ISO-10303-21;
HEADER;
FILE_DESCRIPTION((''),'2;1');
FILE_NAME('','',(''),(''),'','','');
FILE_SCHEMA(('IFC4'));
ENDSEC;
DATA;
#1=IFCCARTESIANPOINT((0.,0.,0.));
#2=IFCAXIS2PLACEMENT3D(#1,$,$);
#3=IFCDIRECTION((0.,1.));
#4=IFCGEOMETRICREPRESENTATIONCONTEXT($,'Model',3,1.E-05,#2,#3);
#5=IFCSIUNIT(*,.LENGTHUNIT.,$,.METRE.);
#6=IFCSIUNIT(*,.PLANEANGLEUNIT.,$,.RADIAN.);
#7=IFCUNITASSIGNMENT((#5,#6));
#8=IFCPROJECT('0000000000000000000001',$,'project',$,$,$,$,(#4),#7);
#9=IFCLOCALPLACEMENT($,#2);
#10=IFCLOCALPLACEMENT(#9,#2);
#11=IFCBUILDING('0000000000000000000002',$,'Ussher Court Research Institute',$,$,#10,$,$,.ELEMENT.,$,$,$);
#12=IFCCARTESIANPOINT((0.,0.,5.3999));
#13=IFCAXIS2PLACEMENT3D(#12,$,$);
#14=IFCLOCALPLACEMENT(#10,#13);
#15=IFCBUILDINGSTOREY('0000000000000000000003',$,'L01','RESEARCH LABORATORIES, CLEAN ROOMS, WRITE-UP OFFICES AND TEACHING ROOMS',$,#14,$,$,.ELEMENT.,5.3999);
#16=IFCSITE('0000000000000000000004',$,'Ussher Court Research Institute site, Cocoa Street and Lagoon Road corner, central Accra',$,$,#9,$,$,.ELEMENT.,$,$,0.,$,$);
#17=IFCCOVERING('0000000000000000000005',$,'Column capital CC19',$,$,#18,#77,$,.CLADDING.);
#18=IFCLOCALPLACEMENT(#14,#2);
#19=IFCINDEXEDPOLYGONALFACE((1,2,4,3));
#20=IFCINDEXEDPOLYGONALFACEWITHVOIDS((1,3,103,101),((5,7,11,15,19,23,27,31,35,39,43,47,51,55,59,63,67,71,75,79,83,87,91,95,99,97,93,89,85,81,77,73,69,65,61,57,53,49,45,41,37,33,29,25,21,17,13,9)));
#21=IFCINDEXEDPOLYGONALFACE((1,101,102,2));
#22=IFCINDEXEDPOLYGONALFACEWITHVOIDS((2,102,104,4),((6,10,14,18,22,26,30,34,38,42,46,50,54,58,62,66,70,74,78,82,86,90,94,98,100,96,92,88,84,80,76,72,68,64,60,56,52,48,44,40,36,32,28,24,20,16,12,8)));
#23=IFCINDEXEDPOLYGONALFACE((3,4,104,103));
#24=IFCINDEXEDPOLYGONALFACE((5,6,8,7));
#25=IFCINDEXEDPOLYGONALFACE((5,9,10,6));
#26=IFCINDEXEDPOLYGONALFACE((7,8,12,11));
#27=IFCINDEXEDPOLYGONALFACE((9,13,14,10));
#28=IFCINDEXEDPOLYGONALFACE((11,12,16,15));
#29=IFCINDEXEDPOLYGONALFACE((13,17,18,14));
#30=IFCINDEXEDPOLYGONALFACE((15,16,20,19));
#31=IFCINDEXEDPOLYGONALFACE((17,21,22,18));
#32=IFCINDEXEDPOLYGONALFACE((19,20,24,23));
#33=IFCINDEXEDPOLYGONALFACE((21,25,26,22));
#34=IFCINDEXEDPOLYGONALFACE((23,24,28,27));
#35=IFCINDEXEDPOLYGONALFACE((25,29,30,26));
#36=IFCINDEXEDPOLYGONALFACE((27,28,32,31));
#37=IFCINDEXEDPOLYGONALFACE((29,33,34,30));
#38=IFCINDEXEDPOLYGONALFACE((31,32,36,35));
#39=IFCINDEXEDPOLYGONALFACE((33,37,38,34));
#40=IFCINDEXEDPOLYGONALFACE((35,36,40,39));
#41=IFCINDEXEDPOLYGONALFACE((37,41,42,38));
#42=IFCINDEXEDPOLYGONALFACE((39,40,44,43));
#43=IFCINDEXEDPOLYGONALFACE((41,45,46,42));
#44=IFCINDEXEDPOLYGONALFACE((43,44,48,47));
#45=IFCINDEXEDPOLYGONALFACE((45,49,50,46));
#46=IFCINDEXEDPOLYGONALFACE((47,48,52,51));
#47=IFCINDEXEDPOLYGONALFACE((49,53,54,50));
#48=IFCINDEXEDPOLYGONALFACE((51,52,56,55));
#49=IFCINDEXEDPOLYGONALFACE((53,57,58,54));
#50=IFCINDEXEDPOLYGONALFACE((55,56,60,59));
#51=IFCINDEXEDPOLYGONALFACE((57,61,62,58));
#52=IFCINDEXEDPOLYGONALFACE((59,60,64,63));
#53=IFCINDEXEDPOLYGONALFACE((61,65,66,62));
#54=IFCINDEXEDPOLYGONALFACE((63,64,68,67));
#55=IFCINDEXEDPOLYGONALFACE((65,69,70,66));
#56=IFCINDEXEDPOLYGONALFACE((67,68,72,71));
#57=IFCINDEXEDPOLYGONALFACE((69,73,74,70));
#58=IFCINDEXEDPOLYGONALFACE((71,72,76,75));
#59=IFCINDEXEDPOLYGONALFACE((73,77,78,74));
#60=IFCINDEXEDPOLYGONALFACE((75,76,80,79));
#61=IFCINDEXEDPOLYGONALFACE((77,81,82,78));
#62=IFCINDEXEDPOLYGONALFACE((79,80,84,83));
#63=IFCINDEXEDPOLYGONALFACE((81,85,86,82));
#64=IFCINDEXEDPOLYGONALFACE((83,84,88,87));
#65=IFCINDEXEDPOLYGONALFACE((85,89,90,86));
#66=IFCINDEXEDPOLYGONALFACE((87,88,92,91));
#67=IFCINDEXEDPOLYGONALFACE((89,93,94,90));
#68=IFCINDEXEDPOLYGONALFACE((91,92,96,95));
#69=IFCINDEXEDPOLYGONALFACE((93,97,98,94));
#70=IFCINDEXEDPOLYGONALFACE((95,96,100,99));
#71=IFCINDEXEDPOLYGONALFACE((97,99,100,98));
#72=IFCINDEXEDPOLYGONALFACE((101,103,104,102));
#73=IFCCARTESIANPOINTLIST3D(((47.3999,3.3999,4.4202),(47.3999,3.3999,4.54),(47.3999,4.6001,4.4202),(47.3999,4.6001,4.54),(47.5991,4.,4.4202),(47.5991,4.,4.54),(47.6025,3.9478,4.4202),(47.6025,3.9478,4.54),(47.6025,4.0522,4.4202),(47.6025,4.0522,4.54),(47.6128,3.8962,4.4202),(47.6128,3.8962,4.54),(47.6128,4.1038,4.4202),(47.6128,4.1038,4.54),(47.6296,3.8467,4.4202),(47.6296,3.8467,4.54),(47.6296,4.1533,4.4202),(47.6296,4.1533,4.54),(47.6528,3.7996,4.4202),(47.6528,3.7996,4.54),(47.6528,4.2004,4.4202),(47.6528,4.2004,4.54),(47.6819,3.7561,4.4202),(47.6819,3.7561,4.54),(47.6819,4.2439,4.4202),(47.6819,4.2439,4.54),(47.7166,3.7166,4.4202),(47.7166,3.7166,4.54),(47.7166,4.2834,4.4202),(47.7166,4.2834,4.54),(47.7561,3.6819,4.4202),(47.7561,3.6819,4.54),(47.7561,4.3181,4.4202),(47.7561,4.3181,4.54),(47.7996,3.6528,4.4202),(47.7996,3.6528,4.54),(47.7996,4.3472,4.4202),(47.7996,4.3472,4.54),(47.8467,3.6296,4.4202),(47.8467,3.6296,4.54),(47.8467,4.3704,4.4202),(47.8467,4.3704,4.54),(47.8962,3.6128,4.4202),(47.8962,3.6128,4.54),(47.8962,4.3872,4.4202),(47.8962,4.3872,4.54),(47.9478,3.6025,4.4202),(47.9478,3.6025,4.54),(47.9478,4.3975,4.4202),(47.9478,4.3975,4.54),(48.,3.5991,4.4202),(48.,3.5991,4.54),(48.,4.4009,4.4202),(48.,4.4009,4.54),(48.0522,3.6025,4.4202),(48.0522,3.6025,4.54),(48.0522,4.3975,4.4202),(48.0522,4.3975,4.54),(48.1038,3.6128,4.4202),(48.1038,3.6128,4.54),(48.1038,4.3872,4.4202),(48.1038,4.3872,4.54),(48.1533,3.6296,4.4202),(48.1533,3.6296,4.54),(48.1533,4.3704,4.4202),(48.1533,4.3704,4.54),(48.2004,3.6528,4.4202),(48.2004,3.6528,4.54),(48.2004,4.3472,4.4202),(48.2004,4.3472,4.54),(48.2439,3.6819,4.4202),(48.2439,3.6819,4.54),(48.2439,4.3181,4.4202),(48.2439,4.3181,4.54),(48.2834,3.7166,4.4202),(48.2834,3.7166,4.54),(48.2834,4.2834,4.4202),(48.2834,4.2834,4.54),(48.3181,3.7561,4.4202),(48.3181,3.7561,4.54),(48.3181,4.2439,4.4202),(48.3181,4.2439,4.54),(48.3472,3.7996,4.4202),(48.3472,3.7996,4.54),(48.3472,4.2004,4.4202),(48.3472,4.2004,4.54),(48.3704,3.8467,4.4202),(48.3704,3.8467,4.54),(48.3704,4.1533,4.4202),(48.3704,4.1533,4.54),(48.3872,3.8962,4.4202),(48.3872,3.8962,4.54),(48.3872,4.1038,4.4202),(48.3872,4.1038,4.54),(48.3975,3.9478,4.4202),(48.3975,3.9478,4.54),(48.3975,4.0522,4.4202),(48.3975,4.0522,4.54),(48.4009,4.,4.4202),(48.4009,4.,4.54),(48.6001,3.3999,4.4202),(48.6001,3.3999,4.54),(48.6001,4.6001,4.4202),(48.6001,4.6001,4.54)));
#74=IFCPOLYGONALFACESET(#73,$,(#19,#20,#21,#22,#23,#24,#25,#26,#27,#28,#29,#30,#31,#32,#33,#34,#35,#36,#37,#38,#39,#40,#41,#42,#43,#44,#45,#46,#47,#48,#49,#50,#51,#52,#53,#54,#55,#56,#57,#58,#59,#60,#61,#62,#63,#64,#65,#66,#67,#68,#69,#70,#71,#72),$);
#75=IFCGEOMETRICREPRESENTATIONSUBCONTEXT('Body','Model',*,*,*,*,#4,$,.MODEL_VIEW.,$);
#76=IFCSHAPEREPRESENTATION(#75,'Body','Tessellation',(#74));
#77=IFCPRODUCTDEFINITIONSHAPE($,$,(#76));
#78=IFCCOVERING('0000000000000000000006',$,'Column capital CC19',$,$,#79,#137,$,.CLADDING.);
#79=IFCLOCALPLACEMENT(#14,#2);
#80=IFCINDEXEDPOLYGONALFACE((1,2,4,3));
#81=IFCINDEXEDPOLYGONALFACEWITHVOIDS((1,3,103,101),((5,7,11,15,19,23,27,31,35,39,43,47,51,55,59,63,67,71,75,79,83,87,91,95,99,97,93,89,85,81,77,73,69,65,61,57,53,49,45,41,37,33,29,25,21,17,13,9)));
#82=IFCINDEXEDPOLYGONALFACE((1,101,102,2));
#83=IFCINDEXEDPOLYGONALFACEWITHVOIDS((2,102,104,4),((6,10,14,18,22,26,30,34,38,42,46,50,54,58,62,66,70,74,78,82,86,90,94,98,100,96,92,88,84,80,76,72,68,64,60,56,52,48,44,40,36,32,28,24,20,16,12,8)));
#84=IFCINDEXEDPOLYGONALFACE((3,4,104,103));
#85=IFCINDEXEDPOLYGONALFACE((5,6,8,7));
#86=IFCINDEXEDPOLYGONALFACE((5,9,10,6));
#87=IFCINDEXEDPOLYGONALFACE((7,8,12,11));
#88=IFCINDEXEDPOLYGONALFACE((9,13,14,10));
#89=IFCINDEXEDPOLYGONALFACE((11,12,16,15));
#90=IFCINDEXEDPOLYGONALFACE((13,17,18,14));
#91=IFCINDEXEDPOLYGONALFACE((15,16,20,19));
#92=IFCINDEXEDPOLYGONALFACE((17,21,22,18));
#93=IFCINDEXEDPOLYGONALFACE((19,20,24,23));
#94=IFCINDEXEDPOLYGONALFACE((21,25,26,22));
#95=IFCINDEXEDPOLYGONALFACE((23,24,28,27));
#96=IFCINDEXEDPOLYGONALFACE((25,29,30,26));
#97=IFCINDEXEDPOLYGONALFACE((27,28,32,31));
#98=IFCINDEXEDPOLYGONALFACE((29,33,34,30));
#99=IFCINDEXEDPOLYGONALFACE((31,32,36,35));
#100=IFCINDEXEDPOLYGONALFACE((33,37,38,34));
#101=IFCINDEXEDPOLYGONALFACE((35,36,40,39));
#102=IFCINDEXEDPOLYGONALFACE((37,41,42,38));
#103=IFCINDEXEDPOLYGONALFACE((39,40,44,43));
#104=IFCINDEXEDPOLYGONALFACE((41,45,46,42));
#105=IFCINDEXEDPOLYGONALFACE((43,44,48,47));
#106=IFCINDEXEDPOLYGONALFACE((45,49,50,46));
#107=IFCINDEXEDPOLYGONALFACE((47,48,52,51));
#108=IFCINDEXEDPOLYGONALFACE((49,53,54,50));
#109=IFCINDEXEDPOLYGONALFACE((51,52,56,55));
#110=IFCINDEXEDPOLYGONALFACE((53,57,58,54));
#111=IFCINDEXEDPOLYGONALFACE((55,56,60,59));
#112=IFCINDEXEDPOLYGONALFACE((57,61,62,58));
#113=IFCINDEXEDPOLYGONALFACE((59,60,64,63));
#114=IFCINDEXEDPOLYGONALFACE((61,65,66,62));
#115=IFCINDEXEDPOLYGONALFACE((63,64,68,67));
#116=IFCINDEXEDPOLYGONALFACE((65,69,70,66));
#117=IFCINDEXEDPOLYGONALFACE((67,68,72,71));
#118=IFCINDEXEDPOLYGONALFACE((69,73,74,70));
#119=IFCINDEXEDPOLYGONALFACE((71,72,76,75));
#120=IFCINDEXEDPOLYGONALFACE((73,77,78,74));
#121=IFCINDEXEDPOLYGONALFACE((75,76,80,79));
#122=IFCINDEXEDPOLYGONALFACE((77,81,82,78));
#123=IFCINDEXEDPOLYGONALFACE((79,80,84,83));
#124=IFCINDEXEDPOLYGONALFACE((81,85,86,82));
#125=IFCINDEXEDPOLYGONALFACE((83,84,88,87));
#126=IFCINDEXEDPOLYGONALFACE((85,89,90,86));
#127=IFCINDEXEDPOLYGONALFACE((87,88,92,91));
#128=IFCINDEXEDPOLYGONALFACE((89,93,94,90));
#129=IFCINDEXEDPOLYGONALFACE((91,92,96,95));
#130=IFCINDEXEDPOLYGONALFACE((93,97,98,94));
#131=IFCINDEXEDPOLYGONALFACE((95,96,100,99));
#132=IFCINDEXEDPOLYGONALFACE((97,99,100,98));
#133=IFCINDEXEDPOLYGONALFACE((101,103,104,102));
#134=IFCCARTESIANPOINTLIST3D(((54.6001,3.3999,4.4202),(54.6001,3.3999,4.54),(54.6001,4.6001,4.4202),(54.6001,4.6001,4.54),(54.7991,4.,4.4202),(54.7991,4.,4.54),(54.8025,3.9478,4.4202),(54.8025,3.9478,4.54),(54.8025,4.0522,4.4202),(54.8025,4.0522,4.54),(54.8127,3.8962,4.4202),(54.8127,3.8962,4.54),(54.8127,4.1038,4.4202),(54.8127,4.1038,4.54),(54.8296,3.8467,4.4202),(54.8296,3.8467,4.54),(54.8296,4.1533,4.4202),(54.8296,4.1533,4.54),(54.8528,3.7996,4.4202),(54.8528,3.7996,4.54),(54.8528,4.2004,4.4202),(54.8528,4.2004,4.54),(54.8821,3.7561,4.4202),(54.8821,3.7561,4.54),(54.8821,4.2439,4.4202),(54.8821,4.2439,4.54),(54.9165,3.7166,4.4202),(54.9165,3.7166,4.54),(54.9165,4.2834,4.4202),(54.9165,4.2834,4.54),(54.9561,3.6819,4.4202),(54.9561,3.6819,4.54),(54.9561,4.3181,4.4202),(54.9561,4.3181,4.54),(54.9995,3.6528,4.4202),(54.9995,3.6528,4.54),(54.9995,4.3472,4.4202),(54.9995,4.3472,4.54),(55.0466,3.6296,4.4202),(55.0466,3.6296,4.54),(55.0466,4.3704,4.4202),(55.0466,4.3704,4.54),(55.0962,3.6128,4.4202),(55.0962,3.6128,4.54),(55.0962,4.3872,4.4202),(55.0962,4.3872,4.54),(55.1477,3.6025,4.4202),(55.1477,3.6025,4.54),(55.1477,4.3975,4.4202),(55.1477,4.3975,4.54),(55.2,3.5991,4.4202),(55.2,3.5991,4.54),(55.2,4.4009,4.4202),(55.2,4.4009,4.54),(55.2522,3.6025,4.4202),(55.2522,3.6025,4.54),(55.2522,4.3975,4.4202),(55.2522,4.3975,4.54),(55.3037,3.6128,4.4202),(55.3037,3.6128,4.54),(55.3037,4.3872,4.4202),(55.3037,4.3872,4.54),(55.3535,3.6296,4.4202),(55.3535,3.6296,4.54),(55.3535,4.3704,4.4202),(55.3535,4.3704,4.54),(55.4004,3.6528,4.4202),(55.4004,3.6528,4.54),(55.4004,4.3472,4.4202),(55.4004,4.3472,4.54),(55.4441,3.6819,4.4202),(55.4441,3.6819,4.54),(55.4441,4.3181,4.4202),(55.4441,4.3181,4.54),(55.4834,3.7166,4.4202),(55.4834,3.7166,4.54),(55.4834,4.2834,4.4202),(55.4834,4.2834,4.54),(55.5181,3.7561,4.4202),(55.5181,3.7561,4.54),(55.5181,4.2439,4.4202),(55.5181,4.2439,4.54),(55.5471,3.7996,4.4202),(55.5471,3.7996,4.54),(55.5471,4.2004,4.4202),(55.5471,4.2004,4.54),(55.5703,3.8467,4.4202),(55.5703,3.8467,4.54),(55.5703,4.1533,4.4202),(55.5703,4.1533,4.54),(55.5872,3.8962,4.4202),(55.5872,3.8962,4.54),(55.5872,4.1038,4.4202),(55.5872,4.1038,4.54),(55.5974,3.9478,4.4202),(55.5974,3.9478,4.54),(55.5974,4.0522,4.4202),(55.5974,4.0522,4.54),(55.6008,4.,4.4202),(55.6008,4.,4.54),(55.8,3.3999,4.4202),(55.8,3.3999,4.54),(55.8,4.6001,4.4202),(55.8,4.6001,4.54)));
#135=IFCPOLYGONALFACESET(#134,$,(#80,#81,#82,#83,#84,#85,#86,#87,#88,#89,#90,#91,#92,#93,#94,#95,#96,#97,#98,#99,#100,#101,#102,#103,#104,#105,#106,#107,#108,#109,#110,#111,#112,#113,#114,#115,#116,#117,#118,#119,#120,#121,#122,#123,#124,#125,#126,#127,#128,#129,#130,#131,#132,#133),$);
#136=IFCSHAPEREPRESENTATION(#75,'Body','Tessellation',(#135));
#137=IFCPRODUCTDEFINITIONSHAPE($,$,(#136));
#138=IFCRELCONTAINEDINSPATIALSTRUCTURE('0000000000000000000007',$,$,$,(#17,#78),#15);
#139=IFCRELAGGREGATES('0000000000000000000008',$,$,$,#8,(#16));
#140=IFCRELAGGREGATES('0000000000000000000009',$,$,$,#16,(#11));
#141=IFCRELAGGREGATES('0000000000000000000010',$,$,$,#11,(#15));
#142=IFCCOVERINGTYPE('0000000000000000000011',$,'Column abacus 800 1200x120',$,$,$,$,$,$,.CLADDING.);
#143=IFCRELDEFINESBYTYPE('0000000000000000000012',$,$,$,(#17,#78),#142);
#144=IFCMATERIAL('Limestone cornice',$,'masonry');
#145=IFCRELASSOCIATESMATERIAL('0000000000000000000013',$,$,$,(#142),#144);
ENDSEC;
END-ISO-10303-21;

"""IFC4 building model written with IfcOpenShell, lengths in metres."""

from ifc_helpers import new_model, si_unit, direction, frame, origin, place, context, subcontext, project, spatial, polyline, outline, extrude, material, type_object, element, save


model = new_model("IFC4")

# Units and contexts
model_context = context("Model", 3, precision=1e-05, world=origin(), true_north=direction((0.0, 1.0)))
body_context = subcontext(model_context, "Body", "Model", "MODEL_VIEW")
ifc_project = project(units=[si_unit("LENGTHUNIT", "METRE"), si_unit("PLANEANGLEUNIT", "RADIAN")], contexts=[model_context])

# Site, building, storey
site_placement = place(None, origin())
site = spatial("IfcSite", under=ifc_project, at=site_placement, Name="Ussher Court Research Institute site, Cocoa Street and Lagoon Road corner, central Accra", CompositionType="ELEMENT", RefElevation=0.0)
building_placement = place(site_placement, origin())
building = spatial("IfcBuilding", under=site, at=building_placement, Name="Ussher Court Research Institute", CompositionType="ELEMENT")
storey_placement = place(building_placement, frame((0.0, 0.0, 5.3999)))
storey = spatial("IfcBuildingStorey", under=building, at=storey_placement, Name="L01", Description="RESEARCH LABORATORIES, CLEAN ROOMS, WRITE-UP OFFICES AND TEACHING ROOMS", CompositionType="ELEMENT", Elevation=5.3999)

# Coverings
ifc_material_1 = material(Name="Limestone cornice", Category="masonry")
covering_type_1 = type_object("IfcCoveringType", Name="Column abacus 800 1200x120", PredefinedType="CLADDING", material=ifc_material_1)
covering_1_placement = place(storey_placement, frame((0.0, 0.0, 4.4202)))
element("IfcCovering", 1, at=covering_1_placement, inside=storey, type_object=covering_type_1, Name="Column capital CC19", PredefinedType="CLADDING", context=body_context, shape_type="SweptSolid", body=[
    extrude(outline(polyline([(48.6001, 3.3999), (48.6001, 4.6001), (47.3999, 4.6001), (47.3999, 3.3999), (48.6001, 3.3999)]), holes=[polyline([(48.4009, 4.0), (48.3975, 4.0522), (48.3872, 4.1038), (48.3704, 4.1533), (48.3472, 4.2004), (48.3181, 4.2439), (48.2834, 4.2834), (48.2439, 4.3181), (48.2004, 4.3472), (48.1533, 4.3704), (48.1038, 4.3872), (48.0522, 4.3975), (48.0, 4.4009), (47.9478, 4.3975), (47.8962, 4.3872), (47.8467, 4.3704), (47.7996, 4.3472), (47.7561, 4.3181), (47.7166, 4.2834), (47.6819, 4.2439), (47.6528, 4.2004), (47.6296, 4.1533), (47.6128, 4.1038), (47.6025, 4.0522), (47.5991, 4.0), (47.6025, 3.9478), (47.6128, 3.8962), (47.6296, 3.8467), (47.6528, 3.7996), (47.6819, 3.7561), (47.7166, 3.7166), (47.7561, 3.6819), (47.7996, 3.6528), (47.8467, 3.6296), (47.8962, 3.6128), (47.9478, 3.6025), (48.0, 3.5991), (48.0522, 3.6025), (48.1038, 3.6128), (48.1533, 3.6296), (48.2004, 3.6528), (48.2439, 3.6819), (48.2834, 3.7166), (48.3181, 3.7561), (48.3472, 3.7996), (48.3704, 3.8467), (48.3872, 3.8962), (48.3975, 3.9478), (48.4009, 4.0)])]), origin(), (0.0, 0.0, 1.0), 0.1199),
])
covering_2_placement = place(storey_placement, frame((0.0, 0.0, 4.4202)))
element("IfcCovering", 2, at=covering_2_placement, inside=storey, type_object=covering_type_1, Name="Column capital CC19", PredefinedType="CLADDING", context=body_context, shape_type="SweptSolid", body=[
    extrude(outline(polyline([(55.8, 3.3999), (55.8, 4.6001), (54.6001, 4.6001), (54.6001, 3.3999), (55.8, 3.3999)]), holes=[polyline([(55.6008, 4.0), (55.5974, 4.0522), (55.5872, 4.1038), (55.5703, 4.1533), (55.5471, 4.2004), (55.5181, 4.2439), (55.4834, 4.2834), (55.4441, 4.3181), (55.4004, 4.3472), (55.3535, 4.3704), (55.3037, 4.3872), (55.2522, 4.3975), (55.2, 4.4009), (55.1477, 4.3975), (55.0962, 4.3872), (55.0466, 4.3704), (54.9995, 4.3472), (54.9561, 4.3181), (54.9165, 4.2834), (54.8821, 4.2439), (54.8528, 4.2004), (54.8296, 4.1533), (54.8127, 4.1038), (54.8025, 4.0522), (54.7991, 4.0), (54.8025, 3.9478), (54.8127, 3.8962), (54.8296, 3.8467), (54.8528, 3.7996), (54.8821, 3.7561), (54.9165, 3.7166), (54.9561, 3.6819), (54.9995, 3.6528), (55.0466, 3.6296), (55.0962, 3.6128), (55.1477, 3.6025), (55.2, 3.5991), (55.2522, 3.6025), (55.3037, 3.6128), (55.3535, 3.6296), (55.4004, 3.6528), (55.4441, 3.6819), (55.4834, 3.7166), (55.5181, 3.7561), (55.5471, 3.7996), (55.5703, 3.8467), (55.5872, 3.8962), (55.5974, 3.9478), (55.6008, 4.0)])]), origin(), (0.0, 0.0, 1.0), 0.1199),
])

save(model, "model.ifc")
